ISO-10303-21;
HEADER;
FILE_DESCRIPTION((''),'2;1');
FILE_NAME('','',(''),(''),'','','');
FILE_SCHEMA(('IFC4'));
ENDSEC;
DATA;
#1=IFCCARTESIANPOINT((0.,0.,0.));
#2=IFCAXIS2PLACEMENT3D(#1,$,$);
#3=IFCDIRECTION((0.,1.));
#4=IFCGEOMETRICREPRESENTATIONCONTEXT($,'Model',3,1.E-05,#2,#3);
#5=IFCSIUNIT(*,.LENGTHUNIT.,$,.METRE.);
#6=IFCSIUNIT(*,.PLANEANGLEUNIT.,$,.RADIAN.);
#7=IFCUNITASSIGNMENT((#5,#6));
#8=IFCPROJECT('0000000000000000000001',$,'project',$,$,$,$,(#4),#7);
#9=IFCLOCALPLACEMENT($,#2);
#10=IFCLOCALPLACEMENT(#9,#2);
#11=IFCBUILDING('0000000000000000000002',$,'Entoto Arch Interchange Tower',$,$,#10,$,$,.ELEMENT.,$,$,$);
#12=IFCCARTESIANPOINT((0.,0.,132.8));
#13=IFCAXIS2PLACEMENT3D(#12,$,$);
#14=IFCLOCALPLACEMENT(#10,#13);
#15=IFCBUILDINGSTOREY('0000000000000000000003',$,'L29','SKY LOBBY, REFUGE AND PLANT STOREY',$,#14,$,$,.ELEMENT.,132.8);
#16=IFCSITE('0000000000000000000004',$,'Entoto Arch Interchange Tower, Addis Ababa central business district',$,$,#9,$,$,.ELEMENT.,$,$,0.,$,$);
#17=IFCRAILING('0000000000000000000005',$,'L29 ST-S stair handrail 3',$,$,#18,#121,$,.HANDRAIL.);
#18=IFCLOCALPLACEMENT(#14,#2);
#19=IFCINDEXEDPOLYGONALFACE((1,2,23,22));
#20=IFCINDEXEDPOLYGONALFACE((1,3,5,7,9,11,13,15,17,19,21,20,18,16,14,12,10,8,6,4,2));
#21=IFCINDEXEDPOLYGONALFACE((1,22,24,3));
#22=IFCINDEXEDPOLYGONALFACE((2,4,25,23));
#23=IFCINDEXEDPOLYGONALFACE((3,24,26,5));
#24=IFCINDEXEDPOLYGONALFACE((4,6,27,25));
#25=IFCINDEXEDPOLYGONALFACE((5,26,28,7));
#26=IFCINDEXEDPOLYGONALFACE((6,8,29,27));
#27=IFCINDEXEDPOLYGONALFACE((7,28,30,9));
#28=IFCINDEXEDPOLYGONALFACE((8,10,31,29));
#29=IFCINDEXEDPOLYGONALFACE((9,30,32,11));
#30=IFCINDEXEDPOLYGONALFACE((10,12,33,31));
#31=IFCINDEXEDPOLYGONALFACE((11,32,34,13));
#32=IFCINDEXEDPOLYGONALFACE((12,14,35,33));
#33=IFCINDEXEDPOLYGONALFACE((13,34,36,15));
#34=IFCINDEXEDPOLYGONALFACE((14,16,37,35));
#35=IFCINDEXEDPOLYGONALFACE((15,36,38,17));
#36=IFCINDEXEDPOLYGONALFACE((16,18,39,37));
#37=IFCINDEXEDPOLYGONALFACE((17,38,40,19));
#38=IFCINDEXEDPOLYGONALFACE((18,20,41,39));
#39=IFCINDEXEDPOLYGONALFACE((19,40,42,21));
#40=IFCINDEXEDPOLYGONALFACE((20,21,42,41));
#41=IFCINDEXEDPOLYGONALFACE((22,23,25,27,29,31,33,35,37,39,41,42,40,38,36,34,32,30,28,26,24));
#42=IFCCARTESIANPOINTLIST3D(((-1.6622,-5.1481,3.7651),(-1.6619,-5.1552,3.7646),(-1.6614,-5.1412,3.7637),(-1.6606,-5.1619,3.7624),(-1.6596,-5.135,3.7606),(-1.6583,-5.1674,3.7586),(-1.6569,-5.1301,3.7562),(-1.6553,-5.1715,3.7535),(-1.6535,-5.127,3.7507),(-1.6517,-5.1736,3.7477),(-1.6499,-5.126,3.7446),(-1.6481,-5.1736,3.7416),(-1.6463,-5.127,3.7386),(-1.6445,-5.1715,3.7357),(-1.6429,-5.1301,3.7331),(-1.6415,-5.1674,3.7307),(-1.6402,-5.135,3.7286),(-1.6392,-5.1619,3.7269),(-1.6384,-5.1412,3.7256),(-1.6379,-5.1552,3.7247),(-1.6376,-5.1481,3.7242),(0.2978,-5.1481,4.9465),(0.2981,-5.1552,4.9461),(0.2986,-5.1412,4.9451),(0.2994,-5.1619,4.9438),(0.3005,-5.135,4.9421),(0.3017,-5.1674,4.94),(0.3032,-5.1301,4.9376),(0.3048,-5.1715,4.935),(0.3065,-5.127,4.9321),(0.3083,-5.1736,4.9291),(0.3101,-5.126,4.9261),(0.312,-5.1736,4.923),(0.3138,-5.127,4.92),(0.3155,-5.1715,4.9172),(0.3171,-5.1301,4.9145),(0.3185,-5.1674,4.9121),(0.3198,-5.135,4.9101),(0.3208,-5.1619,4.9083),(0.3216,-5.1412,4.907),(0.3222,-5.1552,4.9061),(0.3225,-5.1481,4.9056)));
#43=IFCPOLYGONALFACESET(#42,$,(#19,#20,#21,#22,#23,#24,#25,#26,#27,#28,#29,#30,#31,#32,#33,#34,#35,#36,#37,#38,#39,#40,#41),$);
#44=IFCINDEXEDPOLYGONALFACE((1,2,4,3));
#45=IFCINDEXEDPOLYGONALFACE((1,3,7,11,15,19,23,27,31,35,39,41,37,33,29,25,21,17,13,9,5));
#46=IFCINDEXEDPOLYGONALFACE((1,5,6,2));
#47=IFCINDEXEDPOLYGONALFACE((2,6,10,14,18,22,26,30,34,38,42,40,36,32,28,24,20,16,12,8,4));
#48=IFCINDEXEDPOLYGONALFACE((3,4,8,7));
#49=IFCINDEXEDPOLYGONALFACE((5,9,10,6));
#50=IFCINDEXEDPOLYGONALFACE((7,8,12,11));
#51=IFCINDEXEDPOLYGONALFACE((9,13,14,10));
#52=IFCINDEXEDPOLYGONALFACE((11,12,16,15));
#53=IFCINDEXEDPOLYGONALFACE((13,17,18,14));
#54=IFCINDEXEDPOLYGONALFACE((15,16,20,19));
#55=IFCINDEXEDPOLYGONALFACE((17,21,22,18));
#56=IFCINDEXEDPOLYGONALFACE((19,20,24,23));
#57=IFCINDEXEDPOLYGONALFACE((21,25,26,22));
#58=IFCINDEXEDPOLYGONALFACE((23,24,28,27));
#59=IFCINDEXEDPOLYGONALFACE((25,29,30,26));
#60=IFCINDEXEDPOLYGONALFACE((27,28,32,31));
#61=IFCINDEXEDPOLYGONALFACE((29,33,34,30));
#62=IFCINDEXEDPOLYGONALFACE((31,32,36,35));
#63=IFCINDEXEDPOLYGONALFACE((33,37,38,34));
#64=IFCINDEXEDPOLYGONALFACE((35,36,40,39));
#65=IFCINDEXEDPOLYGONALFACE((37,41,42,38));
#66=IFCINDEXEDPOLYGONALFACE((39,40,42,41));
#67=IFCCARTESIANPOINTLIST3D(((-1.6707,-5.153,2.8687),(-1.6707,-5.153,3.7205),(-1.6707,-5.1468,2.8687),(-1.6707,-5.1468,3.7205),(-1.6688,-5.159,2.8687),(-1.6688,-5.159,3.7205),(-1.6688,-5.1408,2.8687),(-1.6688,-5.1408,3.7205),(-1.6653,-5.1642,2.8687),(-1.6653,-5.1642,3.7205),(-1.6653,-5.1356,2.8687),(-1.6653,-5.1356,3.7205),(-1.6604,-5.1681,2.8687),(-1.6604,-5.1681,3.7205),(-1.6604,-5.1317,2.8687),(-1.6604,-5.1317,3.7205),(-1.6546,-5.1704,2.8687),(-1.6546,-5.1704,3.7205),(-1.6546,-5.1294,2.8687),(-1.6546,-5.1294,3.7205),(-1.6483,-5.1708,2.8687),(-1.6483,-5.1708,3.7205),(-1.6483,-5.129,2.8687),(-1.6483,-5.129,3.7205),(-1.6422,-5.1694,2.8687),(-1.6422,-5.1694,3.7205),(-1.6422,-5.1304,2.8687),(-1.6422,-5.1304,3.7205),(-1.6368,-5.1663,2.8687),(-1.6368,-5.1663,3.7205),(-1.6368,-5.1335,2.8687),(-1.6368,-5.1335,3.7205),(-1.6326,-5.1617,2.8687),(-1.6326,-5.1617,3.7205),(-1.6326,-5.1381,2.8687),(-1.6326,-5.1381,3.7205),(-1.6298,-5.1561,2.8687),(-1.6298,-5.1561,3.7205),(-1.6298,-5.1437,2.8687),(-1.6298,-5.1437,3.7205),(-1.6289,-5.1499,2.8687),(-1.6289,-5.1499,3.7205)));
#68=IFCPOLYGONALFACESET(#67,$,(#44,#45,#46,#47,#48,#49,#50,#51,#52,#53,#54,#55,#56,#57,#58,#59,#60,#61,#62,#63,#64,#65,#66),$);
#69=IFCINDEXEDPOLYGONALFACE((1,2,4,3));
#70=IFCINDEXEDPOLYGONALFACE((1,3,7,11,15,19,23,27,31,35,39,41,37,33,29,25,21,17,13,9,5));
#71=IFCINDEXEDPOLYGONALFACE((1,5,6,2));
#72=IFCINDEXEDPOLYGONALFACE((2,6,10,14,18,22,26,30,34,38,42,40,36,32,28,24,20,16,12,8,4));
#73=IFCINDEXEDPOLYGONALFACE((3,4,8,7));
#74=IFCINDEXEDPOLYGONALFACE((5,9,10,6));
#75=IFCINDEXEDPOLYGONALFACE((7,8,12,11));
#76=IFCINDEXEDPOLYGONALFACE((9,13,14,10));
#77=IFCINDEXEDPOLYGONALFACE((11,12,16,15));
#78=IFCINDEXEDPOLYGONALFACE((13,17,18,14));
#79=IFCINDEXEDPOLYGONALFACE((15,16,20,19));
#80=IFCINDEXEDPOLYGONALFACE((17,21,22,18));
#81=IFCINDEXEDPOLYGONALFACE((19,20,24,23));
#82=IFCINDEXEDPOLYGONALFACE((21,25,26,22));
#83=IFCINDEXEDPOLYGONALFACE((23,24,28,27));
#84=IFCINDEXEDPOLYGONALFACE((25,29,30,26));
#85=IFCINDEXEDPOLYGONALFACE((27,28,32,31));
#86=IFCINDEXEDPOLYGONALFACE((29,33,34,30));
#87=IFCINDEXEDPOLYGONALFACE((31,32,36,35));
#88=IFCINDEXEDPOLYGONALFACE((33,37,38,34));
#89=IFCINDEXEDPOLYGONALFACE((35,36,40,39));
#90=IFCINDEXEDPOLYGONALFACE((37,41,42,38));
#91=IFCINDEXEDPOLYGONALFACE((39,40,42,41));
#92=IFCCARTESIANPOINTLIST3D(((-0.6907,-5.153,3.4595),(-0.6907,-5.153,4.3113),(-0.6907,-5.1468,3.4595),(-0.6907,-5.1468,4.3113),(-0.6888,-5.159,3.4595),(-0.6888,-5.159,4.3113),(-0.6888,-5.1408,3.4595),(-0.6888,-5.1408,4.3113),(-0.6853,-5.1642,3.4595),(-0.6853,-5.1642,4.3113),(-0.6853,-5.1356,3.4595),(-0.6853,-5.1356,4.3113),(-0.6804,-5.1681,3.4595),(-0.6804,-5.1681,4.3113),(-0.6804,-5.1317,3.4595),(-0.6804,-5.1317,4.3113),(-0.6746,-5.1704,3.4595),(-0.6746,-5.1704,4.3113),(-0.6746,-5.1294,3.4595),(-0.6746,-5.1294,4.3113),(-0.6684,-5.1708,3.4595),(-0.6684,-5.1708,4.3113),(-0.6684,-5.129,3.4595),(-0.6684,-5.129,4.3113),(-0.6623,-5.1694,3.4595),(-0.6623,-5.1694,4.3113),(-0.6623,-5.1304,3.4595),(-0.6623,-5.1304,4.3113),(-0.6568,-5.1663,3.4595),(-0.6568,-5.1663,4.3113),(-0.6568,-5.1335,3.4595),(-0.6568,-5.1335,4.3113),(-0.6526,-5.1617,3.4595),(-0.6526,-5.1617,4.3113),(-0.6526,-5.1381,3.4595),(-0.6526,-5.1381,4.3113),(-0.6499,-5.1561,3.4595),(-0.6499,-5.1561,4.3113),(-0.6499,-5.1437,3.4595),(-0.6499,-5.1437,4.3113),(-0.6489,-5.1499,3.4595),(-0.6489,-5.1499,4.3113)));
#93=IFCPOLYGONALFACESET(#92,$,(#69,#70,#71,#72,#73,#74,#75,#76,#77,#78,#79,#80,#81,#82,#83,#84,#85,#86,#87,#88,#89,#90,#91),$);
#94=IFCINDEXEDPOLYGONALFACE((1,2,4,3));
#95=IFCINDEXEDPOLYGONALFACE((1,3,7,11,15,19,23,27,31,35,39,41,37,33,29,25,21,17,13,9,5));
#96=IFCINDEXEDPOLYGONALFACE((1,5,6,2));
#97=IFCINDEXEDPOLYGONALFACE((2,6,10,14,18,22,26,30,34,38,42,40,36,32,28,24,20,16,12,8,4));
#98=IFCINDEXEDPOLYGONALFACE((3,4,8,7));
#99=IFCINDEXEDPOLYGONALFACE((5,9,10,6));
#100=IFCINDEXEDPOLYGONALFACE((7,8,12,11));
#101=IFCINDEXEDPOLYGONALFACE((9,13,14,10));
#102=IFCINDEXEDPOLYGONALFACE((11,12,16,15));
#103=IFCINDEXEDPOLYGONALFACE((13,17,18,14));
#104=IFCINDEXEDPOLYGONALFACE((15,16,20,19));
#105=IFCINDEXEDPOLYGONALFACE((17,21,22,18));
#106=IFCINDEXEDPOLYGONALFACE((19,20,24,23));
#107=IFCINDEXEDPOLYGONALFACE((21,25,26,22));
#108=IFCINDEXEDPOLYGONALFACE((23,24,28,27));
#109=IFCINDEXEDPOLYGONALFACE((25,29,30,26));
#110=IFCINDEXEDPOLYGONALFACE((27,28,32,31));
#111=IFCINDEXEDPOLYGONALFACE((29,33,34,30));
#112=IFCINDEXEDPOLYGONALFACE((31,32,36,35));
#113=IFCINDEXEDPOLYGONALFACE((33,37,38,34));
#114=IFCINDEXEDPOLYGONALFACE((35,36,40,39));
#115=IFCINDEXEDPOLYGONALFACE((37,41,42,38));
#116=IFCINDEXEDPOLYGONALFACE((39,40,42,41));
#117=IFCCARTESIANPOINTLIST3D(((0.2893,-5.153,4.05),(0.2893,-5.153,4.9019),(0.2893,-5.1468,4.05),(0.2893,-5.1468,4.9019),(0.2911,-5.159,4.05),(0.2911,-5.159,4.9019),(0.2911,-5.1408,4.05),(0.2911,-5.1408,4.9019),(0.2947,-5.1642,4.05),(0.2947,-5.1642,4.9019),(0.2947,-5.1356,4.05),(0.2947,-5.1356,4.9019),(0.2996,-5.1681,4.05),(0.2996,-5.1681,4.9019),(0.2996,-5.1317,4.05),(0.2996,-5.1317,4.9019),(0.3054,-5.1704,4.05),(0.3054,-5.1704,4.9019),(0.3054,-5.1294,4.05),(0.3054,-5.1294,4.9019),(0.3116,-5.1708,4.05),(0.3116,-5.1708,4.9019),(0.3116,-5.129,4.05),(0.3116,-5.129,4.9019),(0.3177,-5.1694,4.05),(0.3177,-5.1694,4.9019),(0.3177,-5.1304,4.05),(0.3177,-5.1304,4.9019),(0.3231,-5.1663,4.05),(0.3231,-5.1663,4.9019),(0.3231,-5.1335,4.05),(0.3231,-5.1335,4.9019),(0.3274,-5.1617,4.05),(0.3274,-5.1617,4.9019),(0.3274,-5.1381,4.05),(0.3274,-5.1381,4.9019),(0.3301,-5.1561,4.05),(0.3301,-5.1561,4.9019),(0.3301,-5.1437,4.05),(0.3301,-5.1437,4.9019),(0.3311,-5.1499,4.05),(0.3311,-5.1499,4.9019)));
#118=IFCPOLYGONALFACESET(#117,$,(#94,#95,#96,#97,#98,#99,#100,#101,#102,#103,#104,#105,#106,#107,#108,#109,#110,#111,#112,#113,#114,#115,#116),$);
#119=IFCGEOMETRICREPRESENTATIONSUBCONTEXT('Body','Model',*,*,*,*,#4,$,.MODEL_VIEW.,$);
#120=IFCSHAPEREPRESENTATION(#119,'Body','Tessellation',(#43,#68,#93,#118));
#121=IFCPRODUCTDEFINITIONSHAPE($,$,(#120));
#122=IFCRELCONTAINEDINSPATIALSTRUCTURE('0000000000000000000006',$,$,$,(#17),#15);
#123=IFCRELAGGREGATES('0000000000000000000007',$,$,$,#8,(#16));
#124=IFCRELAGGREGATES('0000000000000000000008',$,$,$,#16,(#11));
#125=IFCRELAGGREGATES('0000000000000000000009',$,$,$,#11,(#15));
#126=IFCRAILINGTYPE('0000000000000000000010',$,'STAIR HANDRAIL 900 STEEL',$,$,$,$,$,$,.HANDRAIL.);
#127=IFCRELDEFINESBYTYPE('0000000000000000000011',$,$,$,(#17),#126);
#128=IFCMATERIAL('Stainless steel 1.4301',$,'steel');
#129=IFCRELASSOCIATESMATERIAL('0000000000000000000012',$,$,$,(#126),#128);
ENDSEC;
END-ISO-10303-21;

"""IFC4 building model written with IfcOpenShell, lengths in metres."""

from ifc_helpers import new_model, si_unit, direction, frame, origin, origin_2d, place, context, subcontext, project, spatial, circle, extrude, material, type_object, element, save


model = new_model("IFC4")

# Units and contexts
model_context = context("Model", 3, precision=1e-05, world=origin(), true_north=direction((0.0, 1.0)))
body_context = subcontext(model_context, "Body", "Model", "MODEL_VIEW")
ifc_project = project(units=[si_unit("LENGTHUNIT", "METRE"), si_unit("PLANEANGLEUNIT", "RADIAN")], contexts=[model_context])

# Site, building, storey
site_placement = place(None, origin())
site = spatial("IfcSite", under=ifc_project, at=site_placement, Name="Entoto Arch Interchange Tower, Addis Ababa central business district", CompositionType="ELEMENT", RefElevation=0.0)
building_placement = place(site_placement, origin())
building = spatial("IfcBuilding", under=site, at=building_placement, Name="Entoto Arch Interchange Tower", CompositionType="ELEMENT")
storey_placement = place(building_placement, frame((0.0, 0.0, 132.8)))
storey = spatial("IfcBuildingStorey", under=building, at=storey_placement, Name="L29", Description="SKY LOBBY, REFUGE AND PLANT STOREY", CompositionType="ELEMENT", Elevation=132.8)

# Railing
ifc_material_1 = material(Name="Stainless steel 1.4301", Category="steel")
railing_type_1 = type_object("IfcRailingType", Name="STAIR HANDRAIL 900 STEEL", PredefinedType="HANDRAIL", material=ifc_material_1)
railing_1_placement = place(storey_placement, frame((-1.6499, -5.1499, 2.8687)))
element("IfcRailing", 1, at=railing_1_placement, inside=storey, type_object=railing_type_1, Name="L29 ST-S stair handrail 3", PredefinedType="HANDRAIL", context=body_context, shape_type="SweptSolid", body=[
    extrude(circle(Radius=0.0239, at=origin_2d()), frame((0.0, 0.0, 0.876), z_axis=(0.856446, 0.0, 0.516236), x_axis=(0.0, 1.0, 0.0)), (0.0, 0.0, 1.0), 2.2886),
    extrude(circle(Radius=0.021, at=origin_2d()), origin(), (0.0, 0.0, 1.0), 0.8518),
    extrude(circle(Radius=0.021, at=origin_2d()), frame((0.98, 0.0, 0.5908)), (0.0, 0.0, 1.0), 0.8518),
    extrude(circle(Radius=0.021, at=origin_2d()), frame((1.96, 0.0, 1.1814)), (0.0, 0.0, 1.0), 0.8518),
])

save(model, "model.ifc")
